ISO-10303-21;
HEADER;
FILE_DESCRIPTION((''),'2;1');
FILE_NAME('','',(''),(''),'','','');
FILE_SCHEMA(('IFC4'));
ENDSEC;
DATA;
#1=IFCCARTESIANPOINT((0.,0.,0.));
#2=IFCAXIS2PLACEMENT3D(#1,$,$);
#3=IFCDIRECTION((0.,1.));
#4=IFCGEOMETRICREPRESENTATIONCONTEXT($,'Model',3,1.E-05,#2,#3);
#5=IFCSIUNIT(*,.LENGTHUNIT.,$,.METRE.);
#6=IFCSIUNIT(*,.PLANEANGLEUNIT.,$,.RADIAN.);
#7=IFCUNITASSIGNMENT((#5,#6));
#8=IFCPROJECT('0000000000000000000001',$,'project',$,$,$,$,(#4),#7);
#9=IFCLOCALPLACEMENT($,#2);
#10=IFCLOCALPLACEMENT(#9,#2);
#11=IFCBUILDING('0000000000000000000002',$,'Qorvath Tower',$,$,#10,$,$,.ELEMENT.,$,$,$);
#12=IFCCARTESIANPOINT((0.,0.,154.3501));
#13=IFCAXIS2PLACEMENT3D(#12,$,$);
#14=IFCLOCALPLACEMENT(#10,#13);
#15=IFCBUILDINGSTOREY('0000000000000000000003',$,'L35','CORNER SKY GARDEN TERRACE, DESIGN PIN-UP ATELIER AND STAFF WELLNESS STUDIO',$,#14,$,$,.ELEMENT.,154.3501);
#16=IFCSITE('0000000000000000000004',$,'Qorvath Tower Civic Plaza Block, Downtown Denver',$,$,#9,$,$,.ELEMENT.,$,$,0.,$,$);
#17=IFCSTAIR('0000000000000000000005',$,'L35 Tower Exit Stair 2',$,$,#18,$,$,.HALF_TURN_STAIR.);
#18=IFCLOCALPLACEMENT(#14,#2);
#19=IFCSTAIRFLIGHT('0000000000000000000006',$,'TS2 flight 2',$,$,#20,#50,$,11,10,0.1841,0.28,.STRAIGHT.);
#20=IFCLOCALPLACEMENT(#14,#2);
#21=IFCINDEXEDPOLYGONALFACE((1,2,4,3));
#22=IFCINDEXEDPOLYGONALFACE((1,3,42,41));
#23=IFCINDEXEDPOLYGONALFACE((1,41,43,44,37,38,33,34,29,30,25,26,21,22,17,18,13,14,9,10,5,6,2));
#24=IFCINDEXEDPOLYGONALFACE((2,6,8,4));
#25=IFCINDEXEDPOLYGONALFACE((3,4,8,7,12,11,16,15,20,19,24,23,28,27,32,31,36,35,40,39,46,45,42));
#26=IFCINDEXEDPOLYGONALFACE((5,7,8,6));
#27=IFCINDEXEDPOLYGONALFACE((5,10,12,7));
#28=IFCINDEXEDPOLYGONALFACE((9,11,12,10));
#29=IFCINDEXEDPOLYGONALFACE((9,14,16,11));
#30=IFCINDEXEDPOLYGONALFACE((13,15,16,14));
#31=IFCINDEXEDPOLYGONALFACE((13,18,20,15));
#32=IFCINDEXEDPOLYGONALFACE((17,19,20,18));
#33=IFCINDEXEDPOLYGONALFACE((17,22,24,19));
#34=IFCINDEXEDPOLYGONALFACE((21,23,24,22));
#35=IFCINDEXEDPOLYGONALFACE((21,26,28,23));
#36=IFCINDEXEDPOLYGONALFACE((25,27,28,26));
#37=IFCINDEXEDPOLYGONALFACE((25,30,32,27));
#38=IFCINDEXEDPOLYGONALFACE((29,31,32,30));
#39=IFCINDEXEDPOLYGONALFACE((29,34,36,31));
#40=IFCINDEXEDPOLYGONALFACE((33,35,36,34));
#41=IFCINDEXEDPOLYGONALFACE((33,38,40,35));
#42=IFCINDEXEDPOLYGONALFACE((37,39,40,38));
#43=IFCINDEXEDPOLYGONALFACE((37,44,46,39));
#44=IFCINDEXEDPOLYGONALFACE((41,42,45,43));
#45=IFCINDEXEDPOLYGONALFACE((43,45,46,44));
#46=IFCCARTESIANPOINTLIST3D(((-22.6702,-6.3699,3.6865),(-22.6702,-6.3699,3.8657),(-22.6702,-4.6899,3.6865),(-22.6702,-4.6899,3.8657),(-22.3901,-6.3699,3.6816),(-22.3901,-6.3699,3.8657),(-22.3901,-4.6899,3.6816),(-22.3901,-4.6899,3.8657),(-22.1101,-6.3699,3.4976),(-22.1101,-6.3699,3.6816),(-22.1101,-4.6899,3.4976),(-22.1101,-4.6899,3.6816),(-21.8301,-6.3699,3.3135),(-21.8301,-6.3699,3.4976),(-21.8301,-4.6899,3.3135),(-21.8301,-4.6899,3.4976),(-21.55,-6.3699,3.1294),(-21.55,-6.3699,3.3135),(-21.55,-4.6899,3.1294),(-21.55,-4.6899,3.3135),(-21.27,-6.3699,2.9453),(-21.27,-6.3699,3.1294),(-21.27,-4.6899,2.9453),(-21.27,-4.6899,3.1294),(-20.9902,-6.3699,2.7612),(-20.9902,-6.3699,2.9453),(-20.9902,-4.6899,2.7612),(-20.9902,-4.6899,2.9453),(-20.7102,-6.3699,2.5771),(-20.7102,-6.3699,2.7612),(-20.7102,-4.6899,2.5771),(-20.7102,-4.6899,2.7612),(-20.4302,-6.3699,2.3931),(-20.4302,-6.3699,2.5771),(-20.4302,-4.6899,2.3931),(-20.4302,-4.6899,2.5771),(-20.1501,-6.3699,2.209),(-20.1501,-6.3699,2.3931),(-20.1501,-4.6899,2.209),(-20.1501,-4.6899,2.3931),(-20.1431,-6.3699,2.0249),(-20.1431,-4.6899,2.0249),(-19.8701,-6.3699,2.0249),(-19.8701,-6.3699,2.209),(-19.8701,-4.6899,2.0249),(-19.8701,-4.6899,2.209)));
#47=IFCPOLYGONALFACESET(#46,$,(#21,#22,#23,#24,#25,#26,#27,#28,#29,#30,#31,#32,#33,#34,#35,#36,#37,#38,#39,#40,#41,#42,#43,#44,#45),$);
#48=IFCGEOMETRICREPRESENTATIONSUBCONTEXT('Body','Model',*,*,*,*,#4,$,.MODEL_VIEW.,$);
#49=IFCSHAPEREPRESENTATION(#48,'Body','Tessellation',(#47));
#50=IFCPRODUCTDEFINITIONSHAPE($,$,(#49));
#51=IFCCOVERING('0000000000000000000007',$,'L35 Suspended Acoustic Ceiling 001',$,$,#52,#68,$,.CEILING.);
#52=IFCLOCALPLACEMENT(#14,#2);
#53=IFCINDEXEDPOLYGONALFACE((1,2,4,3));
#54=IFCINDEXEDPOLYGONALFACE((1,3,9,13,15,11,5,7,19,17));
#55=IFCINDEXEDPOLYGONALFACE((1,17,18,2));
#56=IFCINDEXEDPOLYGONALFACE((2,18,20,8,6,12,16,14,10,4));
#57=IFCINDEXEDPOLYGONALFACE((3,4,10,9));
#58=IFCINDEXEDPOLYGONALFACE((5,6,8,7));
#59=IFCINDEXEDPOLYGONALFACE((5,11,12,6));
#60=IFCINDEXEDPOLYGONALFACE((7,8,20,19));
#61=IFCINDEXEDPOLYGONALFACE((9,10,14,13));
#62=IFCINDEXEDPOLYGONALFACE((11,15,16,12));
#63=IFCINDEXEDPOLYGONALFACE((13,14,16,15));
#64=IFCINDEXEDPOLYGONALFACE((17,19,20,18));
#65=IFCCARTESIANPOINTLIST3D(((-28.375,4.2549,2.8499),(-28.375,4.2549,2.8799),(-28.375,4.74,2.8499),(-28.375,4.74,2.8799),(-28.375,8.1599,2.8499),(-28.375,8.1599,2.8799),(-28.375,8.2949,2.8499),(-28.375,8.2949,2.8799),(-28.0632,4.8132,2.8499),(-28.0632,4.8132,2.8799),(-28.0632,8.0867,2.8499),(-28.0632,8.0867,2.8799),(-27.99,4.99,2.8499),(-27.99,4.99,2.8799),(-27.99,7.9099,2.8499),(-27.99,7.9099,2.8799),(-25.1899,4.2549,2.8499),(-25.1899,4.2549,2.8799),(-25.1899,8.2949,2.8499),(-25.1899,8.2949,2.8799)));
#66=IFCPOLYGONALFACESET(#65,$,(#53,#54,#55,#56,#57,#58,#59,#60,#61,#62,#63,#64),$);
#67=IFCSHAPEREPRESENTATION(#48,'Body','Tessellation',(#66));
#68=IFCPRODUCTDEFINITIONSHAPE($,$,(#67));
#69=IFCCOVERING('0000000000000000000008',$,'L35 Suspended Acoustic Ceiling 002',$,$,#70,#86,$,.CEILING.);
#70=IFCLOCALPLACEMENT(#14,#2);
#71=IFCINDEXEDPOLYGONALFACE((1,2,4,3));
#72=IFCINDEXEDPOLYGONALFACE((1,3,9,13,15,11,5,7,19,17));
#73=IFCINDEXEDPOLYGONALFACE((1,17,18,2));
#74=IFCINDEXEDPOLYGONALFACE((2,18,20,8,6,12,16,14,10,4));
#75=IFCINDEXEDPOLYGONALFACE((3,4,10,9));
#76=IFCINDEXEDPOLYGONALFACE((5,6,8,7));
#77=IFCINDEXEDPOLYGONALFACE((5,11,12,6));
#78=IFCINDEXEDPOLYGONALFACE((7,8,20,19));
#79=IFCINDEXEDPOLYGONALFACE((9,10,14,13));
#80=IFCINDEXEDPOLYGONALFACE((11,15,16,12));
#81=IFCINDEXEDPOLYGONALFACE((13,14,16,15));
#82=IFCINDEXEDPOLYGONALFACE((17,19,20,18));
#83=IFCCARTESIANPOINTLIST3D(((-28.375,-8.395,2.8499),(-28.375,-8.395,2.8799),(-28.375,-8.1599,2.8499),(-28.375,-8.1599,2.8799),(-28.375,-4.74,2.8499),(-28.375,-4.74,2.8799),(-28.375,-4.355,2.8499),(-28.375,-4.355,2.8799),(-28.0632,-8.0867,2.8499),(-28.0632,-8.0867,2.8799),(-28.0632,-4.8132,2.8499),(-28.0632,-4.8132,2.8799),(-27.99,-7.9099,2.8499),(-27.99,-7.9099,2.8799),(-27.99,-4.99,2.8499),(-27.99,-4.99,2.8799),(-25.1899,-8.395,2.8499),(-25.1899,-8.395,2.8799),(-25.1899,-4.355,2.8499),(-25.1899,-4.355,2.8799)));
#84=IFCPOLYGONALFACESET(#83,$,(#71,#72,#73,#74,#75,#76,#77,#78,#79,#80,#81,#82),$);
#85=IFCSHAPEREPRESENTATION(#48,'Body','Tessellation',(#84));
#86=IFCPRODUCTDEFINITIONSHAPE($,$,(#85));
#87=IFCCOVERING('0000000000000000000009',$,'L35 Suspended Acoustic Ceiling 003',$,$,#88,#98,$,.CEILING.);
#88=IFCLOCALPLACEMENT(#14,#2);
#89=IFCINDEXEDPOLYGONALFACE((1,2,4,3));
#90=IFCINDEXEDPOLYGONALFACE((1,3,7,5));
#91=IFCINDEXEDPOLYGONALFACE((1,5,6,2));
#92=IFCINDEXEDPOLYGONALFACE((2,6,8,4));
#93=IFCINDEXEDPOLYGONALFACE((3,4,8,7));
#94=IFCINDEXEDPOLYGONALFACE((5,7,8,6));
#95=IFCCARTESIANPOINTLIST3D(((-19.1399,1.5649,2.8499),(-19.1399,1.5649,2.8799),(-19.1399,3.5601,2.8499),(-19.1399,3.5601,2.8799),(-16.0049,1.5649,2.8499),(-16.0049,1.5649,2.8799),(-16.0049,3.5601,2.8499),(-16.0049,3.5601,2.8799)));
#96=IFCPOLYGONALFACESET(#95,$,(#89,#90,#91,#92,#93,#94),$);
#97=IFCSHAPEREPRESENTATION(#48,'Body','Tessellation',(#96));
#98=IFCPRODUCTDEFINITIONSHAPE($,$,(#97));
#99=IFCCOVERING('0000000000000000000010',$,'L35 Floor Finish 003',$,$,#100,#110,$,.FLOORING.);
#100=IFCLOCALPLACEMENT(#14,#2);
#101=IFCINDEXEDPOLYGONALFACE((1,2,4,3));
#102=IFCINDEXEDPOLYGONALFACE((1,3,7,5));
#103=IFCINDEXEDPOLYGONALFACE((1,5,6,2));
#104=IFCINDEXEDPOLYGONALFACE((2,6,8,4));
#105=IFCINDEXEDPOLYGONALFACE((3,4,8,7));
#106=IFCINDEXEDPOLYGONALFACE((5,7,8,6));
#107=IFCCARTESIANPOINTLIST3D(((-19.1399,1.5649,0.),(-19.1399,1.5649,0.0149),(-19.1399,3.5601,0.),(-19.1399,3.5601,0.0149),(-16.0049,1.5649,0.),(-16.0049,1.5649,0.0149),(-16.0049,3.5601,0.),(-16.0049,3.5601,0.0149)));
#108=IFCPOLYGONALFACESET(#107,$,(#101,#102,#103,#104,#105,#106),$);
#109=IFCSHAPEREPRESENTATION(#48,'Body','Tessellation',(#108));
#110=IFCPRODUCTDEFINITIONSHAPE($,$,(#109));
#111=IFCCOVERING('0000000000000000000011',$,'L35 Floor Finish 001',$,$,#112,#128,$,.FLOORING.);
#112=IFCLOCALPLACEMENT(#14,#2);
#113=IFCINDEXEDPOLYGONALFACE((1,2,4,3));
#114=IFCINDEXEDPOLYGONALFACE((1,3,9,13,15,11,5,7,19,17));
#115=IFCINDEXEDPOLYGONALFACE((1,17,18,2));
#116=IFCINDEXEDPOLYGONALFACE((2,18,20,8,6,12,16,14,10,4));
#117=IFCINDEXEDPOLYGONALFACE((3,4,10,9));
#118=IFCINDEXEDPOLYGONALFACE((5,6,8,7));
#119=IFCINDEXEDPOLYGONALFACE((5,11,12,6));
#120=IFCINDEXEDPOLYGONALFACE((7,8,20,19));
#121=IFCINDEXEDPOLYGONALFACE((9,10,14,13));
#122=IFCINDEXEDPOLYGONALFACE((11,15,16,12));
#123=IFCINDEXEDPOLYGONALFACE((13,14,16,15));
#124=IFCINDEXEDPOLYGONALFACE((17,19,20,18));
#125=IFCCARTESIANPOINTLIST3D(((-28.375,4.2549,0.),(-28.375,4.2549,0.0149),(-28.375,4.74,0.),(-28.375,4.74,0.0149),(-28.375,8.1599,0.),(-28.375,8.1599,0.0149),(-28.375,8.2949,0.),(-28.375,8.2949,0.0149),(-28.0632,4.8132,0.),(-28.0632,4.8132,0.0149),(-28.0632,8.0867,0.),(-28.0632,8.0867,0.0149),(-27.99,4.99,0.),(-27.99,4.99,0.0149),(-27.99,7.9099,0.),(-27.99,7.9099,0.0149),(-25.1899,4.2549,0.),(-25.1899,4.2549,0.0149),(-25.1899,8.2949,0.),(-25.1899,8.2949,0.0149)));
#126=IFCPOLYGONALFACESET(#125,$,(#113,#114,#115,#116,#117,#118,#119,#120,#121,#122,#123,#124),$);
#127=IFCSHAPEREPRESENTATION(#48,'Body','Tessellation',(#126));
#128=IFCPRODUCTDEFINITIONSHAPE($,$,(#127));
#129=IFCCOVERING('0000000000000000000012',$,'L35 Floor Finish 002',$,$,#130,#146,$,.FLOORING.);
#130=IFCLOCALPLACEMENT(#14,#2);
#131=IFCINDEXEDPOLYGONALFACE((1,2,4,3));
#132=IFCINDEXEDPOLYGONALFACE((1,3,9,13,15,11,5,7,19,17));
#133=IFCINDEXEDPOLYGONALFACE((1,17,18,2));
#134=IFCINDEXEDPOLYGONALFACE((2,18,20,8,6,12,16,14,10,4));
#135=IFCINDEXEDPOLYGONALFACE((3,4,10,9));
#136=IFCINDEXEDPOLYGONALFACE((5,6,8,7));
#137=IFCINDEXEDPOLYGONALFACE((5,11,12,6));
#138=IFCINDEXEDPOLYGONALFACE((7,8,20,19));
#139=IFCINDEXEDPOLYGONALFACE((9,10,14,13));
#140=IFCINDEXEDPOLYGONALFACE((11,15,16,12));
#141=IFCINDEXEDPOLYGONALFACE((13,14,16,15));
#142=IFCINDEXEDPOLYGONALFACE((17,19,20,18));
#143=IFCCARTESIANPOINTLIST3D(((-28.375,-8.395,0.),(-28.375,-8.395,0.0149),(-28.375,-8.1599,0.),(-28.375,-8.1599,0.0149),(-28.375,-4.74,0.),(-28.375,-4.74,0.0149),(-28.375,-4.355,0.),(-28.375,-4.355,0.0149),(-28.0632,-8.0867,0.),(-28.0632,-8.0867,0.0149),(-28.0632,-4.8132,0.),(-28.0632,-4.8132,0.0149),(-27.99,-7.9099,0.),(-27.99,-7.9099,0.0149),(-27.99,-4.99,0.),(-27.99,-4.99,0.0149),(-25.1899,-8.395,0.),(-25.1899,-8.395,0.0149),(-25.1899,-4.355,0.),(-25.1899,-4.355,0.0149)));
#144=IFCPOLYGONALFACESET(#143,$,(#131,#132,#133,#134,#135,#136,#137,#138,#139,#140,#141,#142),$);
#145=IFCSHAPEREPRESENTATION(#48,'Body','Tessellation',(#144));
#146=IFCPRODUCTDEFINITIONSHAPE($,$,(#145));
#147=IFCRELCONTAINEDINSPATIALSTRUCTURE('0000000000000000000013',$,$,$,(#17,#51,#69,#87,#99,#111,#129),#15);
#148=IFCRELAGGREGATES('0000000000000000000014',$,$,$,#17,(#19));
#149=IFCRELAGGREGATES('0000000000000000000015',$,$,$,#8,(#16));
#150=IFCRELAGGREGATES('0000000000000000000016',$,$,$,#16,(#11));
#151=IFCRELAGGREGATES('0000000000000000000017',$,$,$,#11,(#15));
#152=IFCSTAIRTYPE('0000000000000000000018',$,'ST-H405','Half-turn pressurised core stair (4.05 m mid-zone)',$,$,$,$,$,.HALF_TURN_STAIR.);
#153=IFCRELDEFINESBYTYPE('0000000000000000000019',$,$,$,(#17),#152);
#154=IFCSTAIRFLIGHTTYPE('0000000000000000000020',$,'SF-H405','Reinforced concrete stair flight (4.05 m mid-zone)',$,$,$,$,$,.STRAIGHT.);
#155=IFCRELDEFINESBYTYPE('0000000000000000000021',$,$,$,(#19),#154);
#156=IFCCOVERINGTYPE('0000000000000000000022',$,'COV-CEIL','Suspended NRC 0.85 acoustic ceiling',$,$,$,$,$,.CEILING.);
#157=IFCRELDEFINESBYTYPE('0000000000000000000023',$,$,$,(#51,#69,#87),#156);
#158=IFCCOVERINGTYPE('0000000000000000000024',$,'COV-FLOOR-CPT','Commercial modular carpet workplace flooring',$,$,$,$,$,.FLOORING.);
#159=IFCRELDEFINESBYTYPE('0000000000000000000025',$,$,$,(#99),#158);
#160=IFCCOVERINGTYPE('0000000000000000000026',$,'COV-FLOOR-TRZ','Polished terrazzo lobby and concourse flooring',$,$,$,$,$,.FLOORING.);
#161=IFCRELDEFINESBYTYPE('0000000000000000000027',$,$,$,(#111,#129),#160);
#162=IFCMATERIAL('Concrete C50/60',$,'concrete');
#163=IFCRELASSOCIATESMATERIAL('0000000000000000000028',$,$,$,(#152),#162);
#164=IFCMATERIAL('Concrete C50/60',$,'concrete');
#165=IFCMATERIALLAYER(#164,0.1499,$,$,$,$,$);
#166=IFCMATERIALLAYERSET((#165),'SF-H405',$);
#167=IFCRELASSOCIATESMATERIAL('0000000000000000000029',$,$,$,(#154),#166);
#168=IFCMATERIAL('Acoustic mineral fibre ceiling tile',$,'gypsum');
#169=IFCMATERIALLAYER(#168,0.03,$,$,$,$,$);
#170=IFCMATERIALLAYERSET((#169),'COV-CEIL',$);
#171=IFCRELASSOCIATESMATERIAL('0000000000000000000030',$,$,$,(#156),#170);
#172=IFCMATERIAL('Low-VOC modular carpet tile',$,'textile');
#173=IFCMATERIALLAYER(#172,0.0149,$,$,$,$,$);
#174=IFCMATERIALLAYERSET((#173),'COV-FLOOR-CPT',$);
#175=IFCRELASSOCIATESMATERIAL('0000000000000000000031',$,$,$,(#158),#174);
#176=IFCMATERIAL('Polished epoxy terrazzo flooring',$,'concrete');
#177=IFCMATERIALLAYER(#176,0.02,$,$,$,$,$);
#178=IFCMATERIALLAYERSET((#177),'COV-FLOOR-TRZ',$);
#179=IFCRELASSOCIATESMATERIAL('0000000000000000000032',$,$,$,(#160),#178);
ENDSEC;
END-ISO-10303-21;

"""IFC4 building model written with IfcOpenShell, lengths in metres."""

from ifc_helpers import new_model, si_unit, direction, frame, origin, place, context, subcontext, project, spatial, polyline, outline, extrude, material, layer, layer_set, type_object, element, aggregate, save


model = new_model("IFC4")

# Units and contexts
model_context = context("Model", 3, precision=1e-05, world=origin(), true_north=direction((0.0, 1.0)))
body_context = subcontext(model_context, "Body", "Model", "MODEL_VIEW")
ifc_project = project(units=[si_unit("LENGTHUNIT", "METRE"), si_unit("PLANEANGLEUNIT", "RADIAN")], contexts=[model_context])

# Site, building, storey
site_placement = place(None, origin())
site = spatial("IfcSite", under=ifc_project, at=site_placement, Name="Qorvath Tower Civic Plaza Block, Downtown Denver", CompositionType="ELEMENT", RefElevation=0.0)
building_placement = place(site_placement, origin())
building = spatial("IfcBuilding", under=site, at=building_placement, Name="Qorvath Tower", CompositionType="ELEMENT")
storey_placement = place(building_placement, frame((0.0, 0.0, 154.3501)))
storey = spatial("IfcBuildingStorey", under=building, at=storey_placement, Name="L35", Description="CORNER SKY GARDEN TERRACE, DESIGN PIN-UP ATELIER AND STAFF WELLNESS STUDIO", CompositionType="ELEMENT", Elevation=154.3501)

# Stair
ifc_material_1 = material(Name="Concrete C50/60", Category="concrete")
stair_type = type_object("IfcStairType", Name="ST-H405", Description="Half-turn pressurised core stair (4.05 m mid-zone)", PredefinedType="HALF_TURN_STAIR", material=ifc_material_1)
stair_1_placement = place(storey_placement, origin())
stair_1 = element("IfcStair", 1, at=stair_1_placement, inside=storey, type_object=stair_type, Name="L35 Tower Exit Stair 2", PredefinedType="HALF_TURN_STAIR")

# Stair flight
ifc_material_2 = material(Name="Concrete C50/60", Category="concrete")
ifc_layer_1 = layer(ifc_material_2, 0.1499)
ifc_layer_set_1 = layer_set([ifc_layer_1], Name="SF-H405")
stair_flight_type = type_object("IfcStairFlightType", Name="SF-H405", Description="Reinforced concrete stair flight (4.05 m mid-zone)", PredefinedType="STRAIGHT", material=ifc_layer_set_1)
stair_flight_placement = place(storey_placement, frame((-19.8701, -5.53, 2.0249), z_axis=(0.0, 0.0, 1.0), x_axis=(-1.0, 0.0, 0.0)))
stair_flight = element("IfcStairFlight", 2, at=stair_flight_placement, type_object=stair_flight_type, Name="TS2 flight 2", NumberOfRisers=11, NumberOfTreads=10, PredefinedType="STRAIGHT", RiserHeight=0.1841, TreadLength=0.28, context=body_context, shape_type="SweptSolid", body=[
    extrude(outline(polyline([(0.0, 0.0), (0.0, 0.1841), (0.28, 0.1841), (0.28, 0.3682), (0.5601, 0.3682), (0.5601, 0.5522), (0.8401, 0.5522), (0.8401, 0.7363), (1.1201, 0.7363), (1.1201, 0.9204), (1.3999, 0.9204), (1.3999, 1.1045), (1.6799, 1.1045), (1.6799, 1.2886), (1.96, 1.2886), (1.96, 1.4727), (2.24, 1.4727), (2.24, 1.6567), (2.52, 1.6567), (2.52, 1.8408), (2.8, 1.8408), (2.8, 2.0249), (2.8, 1.6616), (0.2729, 0.0), (0.0, 0.0)])), frame((0.0, 0.8398, 0.0), z_axis=(0.0, -1.0, 0.0), x_axis=(1.0, 0.0, 0.0)), (0.0, 0.0, 1.0), 1.6799),
])
aggregate(stair_1, [stair_flight])

# Coverings
ifc_material_3 = material(Name="Acoustic mineral fibre ceiling tile", Category="gypsum")
ifc_layer_2 = layer(ifc_material_3, 0.03)
ifc_layer_set_2 = layer_set([ifc_layer_2], Name="COV-CEIL")
covering_type_1 = type_object("IfcCoveringType", Name="COV-CEIL", Description="Suspended NRC 0.85 acoustic ceiling", PredefinedType="CEILING", material=ifc_layer_set_2)
covering_1_placement = place(storey_placement, frame((0.0, 0.0, 2.8499)))
element("IfcCovering", 3, at=covering_1_placement, inside=storey, type_object=covering_type_1, Name="L35 Suspended Acoustic Ceiling 001", PredefinedType="CEILING", context=body_context, shape_type="SweptSolid", body=[
    extrude(outline(polyline([(-25.1899, 4.2549), (-25.1899, 8.2949), (-28.375, 8.2949), (-28.375, 8.1599), (-28.0632, 8.0867), (-27.99, 7.9099), (-27.99, 4.99), (-28.0632, 4.8132), (-28.375, 4.74), (-28.375, 4.2549), (-25.1899, 4.2549)])), origin(), (0.0, 0.0, 1.0), 0.03),
])
covering_2_placement = place(storey_placement, frame((0.0, 0.0, 2.8499)))
element("IfcCovering", 4, at=covering_2_placement, inside=storey, type_object=covering_type_1, Name="L35 Suspended Acoustic Ceiling 002", PredefinedType="CEILING", context=body_context, shape_type="SweptSolid", body=[
    extrude(outline(polyline([(-25.1899, -8.395), (-25.1899, -4.355), (-28.375, -4.355), (-28.375, -4.74), (-28.0632, -4.8132), (-27.99, -4.99), (-27.99, -7.9099), (-28.0632, -8.0867), (-28.375, -8.1599), (-28.375, -8.395), (-25.1899, -8.395)])), origin(), (0.0, 0.0, 1.0), 0.03),
])
covering_3_placement = place(storey_placement, frame((0.0, 0.0, 2.8499)))
element("IfcCovering", 5, at=covering_3_placement, inside=storey, type_object=covering_type_1, Name="L35 Suspended Acoustic Ceiling 003", PredefinedType="CEILING", context=body_context, shape_type="SweptSolid", body=[
    extrude(outline(polyline([(-16.0049, 3.5601), (-19.1399, 3.5601), (-19.1399, 1.5649), (-16.0049, 1.5649), (-16.0049, 3.5601)])), origin(), (0.0, 0.0, 1.0), 0.03),
])
ifc_material_4 = material(Name="Low-VOC modular carpet tile", Category="textile")
ifc_layer_3 = layer(ifc_material_4, 0.0149)
ifc_layer_set_3 = layer_set([ifc_layer_3], Name="COV-FLOOR-CPT")
covering_type_2 = type_object("IfcCoveringType", Name="COV-FLOOR-CPT", Description="Commercial modular carpet workplace flooring", PredefinedType="FLOORING", material=ifc_layer_set_3)
covering_4_placement = place(storey_placement, origin())
element("IfcCovering", 6, at=covering_4_placement, inside=storey, type_object=covering_type_2, Name="L35 Floor Finish 003", PredefinedType="FLOORING", context=body_context, shape_type="SweptSolid", body=[
    extrude(outline(polyline([(-16.0049, 3.5601), (-19.1399, 3.5601), (-19.1399, 1.5649), (-16.0049, 1.5649), (-16.0049, 3.5601)])), origin(), (0.0, 0.0, 1.0), 0.0149),
])
ifc_material_5 = material(Name="Polished epoxy terrazzo flooring", Category="concrete")
ifc_layer_4 = layer(ifc_material_5, 0.02)
ifc_layer_set_4 = layer_set([ifc_layer_4], Name="COV-FLOOR-TRZ")
covering_type_3 = type_object("IfcCoveringType", Name="COV-FLOOR-TRZ", Description="Polished terrazzo lobby and concourse flooring", PredefinedType="FLOORING", material=ifc_layer_set_4)
covering_5_placement = place(storey_placement, origin())
element("IfcCovering", 7, at=covering_5_placement, inside=storey, type_object=covering_type_3, Name="L35 Floor Finish 001", PredefinedType="FLOORING", context=body_context, shape_type="SweptSolid", body=[
    extrude(outline(polyline([(-25.1899, 4.2549), (-25.1899, 8.2949), (-28.375, 8.2949), (-28.375, 8.1599), (-28.0632, 8.0867), (-27.99, 7.9099), (-27.99, 4.99), (-28.0632, 4.8132), (-28.375, 4.74), (-28.375, 4.2549), (-25.1899, 4.2549)])), origin(), (0.0, 0.0, 1.0), 0.0149),
])
covering_6_placement = place(storey_placement, origin())
element("IfcCovering", 8, at=covering_6_placement, inside=storey, type_object=covering_type_3, Name="L35 Floor Finish 002", PredefinedType="FLOORING", context=body_context, shape_type="SweptSolid", body=[
    extrude(outline(polyline([(-25.1899, -8.395), (-25.1899, -4.355), (-28.375, -4.355), (-28.375, -4.74), (-28.0632, -4.8132), (-27.99, -4.99), (-27.99, -7.9099), (-28.0632, -8.0867), (-28.375, -8.1599), (-28.375, -8.395), (-25.1899, -8.395)])), origin(), (0.0, 0.0, 1.0), 0.0149),
])

save(model, "model.ifc")
